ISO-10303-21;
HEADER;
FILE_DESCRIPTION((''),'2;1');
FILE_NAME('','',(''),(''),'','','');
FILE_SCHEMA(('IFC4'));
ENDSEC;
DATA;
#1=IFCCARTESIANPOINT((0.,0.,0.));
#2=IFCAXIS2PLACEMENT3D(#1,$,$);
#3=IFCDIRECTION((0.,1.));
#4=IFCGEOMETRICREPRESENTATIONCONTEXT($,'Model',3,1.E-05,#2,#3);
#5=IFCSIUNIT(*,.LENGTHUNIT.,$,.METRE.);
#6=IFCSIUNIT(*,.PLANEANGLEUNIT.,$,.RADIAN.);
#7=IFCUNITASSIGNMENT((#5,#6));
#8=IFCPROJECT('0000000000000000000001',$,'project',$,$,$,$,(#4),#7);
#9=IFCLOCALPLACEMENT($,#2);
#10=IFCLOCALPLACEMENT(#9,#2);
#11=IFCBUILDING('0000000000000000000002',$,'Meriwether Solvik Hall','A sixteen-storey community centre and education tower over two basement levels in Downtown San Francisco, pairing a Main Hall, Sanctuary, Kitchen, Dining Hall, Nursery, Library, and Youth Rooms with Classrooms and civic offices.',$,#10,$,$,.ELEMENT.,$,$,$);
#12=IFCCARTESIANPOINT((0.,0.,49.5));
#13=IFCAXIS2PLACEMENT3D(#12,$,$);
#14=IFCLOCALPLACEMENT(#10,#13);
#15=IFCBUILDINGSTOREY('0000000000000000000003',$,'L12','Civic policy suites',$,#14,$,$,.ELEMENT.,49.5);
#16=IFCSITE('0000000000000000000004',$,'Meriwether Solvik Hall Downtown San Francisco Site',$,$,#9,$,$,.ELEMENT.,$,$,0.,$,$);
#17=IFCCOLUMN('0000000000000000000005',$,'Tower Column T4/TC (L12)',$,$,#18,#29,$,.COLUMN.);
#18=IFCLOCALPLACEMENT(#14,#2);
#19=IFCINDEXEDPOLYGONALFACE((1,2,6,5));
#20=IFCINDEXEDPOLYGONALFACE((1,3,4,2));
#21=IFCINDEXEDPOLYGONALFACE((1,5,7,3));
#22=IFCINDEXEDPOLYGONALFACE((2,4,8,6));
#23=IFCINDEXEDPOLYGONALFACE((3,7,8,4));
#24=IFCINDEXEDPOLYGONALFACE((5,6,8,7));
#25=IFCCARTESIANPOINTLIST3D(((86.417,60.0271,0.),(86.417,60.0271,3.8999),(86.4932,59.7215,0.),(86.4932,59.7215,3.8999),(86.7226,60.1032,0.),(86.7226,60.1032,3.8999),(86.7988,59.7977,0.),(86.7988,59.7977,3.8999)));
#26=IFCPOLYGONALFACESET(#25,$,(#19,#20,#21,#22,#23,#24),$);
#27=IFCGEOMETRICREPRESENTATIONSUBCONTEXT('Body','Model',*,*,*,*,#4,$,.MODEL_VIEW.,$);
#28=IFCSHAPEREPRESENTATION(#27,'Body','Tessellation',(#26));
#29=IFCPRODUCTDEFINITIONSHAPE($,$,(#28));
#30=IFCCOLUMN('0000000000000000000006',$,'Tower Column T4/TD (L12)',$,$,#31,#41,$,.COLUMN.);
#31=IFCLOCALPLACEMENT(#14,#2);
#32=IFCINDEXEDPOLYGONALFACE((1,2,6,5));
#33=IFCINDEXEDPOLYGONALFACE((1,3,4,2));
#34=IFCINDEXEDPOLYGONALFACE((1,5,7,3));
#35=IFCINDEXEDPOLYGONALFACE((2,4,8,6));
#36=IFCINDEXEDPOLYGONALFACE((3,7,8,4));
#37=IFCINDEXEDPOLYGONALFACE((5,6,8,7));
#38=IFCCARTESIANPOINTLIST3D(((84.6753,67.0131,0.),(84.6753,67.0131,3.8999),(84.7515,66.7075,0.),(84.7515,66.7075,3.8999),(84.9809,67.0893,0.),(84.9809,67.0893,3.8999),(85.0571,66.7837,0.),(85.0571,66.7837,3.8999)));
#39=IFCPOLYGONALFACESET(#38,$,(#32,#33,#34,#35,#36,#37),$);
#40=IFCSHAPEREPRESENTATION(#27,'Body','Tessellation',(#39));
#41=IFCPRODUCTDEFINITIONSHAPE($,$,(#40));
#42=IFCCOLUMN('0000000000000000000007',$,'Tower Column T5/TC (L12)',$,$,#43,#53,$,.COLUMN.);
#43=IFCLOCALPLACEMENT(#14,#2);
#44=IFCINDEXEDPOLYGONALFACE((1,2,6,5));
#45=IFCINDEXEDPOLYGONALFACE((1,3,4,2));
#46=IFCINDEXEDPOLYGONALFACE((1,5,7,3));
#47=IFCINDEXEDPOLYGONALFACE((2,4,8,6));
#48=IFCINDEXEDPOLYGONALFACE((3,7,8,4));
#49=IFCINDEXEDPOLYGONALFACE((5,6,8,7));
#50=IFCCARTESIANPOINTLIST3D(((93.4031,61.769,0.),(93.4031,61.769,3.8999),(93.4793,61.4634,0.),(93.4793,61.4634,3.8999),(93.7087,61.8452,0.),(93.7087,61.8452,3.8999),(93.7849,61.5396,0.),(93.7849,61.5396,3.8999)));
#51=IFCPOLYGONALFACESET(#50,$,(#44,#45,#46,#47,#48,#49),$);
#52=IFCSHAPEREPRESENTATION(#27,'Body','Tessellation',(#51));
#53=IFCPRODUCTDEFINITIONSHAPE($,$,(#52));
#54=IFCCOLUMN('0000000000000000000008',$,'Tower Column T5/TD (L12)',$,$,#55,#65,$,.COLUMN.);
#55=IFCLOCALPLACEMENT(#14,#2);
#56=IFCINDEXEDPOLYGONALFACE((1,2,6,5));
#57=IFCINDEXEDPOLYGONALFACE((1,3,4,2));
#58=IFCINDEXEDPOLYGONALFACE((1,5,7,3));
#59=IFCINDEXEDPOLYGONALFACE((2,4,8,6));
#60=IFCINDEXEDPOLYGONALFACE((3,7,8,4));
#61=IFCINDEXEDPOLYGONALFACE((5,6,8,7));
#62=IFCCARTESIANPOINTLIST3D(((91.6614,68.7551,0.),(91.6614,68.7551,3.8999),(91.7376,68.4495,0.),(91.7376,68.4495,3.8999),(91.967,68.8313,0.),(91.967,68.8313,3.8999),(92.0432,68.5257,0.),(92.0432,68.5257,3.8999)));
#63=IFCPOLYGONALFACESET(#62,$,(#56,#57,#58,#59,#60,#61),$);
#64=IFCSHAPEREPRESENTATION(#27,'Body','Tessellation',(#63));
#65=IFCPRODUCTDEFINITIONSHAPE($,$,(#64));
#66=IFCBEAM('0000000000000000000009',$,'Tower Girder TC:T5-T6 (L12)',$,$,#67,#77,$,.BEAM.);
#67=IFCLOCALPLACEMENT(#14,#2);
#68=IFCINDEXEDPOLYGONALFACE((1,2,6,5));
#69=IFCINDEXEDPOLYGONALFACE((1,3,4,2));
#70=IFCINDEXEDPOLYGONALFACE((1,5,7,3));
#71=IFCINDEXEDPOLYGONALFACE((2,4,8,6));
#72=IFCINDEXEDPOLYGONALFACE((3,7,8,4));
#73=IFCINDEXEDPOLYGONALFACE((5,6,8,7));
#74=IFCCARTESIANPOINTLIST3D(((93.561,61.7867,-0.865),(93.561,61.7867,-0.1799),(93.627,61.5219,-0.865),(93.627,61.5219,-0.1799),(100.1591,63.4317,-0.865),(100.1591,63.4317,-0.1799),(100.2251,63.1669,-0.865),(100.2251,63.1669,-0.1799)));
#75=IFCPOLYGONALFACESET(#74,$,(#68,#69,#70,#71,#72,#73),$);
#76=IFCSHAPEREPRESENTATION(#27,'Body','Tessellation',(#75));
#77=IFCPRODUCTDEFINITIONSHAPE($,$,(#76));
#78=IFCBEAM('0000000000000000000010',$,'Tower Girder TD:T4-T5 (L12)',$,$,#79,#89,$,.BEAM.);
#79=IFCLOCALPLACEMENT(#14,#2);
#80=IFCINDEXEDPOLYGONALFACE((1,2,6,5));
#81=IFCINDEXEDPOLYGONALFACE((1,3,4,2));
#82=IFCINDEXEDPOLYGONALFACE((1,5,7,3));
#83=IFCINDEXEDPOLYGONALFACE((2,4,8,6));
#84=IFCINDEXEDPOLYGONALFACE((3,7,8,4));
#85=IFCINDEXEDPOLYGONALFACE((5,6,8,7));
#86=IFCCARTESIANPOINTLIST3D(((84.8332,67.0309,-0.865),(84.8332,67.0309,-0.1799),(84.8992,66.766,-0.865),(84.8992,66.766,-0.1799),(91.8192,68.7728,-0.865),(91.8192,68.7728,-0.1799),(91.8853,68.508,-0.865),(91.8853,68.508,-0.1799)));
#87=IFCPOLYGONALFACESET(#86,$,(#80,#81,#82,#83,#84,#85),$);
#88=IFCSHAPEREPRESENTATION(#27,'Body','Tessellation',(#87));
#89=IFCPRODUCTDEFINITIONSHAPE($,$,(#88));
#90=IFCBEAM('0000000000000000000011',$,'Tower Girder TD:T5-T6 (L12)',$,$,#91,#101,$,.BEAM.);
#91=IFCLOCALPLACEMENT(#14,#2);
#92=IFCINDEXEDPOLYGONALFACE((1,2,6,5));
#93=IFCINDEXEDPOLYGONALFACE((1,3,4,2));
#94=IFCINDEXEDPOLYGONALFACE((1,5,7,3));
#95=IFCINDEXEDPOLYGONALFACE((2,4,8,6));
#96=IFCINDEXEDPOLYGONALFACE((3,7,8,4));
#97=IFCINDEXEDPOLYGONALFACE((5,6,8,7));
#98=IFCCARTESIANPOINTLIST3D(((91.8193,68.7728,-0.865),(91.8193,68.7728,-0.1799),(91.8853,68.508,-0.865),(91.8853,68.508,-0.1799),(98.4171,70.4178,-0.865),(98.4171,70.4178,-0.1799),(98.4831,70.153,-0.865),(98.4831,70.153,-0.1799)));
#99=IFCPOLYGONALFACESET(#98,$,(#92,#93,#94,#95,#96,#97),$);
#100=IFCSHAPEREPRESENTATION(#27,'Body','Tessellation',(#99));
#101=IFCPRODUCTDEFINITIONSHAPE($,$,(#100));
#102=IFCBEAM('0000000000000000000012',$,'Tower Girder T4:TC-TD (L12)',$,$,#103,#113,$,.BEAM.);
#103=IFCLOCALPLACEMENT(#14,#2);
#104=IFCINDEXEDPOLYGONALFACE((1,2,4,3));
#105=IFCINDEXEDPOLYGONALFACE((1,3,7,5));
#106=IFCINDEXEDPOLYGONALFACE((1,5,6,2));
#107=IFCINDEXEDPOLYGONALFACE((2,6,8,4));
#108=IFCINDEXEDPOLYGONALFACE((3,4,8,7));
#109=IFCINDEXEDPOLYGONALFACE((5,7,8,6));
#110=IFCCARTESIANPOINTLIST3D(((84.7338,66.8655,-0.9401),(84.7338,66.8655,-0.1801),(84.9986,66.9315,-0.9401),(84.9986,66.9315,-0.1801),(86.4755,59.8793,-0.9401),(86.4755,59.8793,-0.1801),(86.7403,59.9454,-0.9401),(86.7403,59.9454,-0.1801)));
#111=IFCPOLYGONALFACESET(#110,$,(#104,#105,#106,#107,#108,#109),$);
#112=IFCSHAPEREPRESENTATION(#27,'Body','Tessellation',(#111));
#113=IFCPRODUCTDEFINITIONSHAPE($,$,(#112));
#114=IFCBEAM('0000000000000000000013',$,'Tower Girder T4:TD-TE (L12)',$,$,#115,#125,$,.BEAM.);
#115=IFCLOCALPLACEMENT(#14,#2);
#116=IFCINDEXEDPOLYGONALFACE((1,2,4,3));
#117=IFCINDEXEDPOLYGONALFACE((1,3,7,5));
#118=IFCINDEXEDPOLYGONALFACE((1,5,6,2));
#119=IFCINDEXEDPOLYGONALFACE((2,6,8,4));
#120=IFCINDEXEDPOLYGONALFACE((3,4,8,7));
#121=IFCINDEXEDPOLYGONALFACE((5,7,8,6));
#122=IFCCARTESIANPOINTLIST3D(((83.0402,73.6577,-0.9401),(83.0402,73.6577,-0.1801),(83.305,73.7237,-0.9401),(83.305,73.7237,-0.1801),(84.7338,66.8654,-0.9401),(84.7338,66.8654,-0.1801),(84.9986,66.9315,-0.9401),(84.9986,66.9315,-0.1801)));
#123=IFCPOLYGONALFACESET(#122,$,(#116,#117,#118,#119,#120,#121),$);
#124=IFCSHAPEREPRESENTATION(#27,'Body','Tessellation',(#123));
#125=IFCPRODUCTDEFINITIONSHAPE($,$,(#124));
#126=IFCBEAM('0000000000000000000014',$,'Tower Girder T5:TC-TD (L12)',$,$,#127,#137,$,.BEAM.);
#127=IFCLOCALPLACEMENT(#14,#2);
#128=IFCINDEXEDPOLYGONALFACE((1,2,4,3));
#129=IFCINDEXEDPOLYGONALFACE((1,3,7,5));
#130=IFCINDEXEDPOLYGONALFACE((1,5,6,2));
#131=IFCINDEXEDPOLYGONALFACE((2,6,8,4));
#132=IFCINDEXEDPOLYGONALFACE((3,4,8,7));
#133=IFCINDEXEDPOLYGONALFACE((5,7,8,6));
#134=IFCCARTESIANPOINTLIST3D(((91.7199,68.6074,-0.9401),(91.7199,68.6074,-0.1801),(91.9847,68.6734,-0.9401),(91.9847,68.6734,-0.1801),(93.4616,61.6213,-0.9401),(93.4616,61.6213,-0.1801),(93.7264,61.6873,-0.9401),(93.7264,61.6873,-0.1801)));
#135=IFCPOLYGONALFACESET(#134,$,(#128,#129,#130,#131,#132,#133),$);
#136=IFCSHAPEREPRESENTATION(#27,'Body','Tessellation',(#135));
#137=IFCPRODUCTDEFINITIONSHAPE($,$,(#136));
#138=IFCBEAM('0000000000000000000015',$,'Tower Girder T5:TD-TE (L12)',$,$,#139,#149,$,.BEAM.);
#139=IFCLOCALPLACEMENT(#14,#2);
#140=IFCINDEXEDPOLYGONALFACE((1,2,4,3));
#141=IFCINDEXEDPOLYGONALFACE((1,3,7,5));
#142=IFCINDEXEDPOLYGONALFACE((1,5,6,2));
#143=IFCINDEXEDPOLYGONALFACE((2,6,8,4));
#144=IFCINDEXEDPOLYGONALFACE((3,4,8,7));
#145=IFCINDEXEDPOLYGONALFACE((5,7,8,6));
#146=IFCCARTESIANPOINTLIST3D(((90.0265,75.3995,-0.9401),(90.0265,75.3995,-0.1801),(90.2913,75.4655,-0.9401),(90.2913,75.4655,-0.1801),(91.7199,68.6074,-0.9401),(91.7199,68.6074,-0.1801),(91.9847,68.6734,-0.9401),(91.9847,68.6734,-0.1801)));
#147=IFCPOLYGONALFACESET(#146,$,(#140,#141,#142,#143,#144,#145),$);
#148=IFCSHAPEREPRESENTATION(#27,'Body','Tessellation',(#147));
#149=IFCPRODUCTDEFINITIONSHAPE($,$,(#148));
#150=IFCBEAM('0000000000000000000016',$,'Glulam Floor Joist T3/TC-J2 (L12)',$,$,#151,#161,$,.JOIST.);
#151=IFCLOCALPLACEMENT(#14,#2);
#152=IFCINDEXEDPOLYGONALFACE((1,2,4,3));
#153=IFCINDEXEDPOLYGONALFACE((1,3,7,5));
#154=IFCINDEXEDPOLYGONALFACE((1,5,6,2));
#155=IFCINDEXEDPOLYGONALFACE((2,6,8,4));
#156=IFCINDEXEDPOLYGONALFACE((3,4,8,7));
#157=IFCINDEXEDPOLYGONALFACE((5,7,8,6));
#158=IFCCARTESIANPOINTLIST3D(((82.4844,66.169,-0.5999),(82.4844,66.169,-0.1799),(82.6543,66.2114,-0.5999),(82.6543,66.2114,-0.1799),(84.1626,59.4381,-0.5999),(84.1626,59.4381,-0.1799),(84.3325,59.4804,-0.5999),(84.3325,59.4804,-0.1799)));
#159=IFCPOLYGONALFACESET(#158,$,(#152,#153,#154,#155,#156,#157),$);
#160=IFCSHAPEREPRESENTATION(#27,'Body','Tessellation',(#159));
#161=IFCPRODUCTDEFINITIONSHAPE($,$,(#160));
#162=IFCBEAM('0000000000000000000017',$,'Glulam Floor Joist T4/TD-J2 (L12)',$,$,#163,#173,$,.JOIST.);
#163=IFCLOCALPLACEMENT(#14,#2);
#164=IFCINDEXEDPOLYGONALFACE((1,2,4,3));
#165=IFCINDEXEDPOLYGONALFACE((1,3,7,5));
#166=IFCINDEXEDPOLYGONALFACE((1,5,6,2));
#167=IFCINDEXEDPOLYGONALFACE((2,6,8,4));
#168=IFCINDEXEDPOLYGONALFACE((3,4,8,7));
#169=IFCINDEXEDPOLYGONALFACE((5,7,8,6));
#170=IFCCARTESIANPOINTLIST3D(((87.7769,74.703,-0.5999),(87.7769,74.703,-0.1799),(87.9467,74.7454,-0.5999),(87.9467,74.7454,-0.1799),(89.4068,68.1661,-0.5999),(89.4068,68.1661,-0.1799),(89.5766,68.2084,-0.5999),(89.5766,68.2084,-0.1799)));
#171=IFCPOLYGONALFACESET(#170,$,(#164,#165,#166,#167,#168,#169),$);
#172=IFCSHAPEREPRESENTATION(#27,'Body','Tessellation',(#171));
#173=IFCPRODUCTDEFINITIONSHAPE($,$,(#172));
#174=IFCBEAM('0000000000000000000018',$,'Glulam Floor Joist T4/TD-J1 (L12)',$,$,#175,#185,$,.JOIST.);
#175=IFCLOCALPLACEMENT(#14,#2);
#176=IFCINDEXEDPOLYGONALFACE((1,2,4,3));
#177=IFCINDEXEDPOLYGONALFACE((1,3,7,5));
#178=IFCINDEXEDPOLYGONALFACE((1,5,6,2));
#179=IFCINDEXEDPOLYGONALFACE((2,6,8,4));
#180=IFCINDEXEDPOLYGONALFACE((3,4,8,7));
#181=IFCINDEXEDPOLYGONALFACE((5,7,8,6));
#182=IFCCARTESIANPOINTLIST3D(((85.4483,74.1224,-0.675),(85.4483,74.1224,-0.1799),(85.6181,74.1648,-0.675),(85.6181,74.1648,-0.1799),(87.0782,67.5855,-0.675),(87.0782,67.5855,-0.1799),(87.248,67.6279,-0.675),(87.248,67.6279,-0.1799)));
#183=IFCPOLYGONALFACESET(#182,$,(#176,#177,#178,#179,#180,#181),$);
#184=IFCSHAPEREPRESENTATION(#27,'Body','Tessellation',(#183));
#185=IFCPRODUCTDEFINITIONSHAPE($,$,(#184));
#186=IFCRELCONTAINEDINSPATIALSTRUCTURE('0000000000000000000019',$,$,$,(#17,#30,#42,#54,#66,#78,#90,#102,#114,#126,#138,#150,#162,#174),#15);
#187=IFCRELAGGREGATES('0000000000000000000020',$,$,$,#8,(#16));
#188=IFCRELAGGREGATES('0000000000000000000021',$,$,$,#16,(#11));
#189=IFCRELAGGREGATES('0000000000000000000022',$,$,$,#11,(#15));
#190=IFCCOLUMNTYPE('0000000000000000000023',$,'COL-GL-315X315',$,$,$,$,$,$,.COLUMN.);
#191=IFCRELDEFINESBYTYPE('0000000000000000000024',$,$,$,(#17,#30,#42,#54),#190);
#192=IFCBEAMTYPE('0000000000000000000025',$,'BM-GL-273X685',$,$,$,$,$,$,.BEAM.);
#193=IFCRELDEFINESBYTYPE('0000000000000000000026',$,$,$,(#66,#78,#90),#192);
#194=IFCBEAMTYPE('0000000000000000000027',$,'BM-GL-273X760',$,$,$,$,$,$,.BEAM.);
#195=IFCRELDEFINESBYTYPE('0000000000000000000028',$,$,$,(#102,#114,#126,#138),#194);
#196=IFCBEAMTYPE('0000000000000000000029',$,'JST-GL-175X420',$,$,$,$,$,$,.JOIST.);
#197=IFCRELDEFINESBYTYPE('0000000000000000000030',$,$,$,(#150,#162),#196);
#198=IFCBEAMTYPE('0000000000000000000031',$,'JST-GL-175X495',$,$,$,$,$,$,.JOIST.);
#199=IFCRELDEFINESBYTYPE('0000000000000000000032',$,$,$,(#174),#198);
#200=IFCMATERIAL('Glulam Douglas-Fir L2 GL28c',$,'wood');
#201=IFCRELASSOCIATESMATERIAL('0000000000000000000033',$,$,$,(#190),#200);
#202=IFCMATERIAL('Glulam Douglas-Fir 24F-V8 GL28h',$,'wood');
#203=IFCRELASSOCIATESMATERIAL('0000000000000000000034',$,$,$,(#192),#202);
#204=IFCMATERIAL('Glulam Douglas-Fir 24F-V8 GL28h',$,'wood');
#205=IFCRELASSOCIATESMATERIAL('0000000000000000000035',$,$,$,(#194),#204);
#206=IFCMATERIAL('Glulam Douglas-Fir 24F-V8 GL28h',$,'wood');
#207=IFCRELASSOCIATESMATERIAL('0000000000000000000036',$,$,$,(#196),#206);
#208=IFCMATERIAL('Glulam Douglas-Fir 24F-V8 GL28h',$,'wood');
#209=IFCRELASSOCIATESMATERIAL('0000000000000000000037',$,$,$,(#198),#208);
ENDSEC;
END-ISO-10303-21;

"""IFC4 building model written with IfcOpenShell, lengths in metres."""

from ifc_helpers import new_model, si_unit, direction, frame, origin, origin_2d, place, context, subcontext, project, spatial, rectangle, extrude, material, material_profile, profile_set, type_object, element, save


model = new_model("IFC4")

# Units and contexts
model_context = context("Model", 3, precision=1e-05, world=origin(), true_north=direction((0.0, 1.0)))
body_context = subcontext(model_context, "Body", "Model", "MODEL_VIEW")
ifc_project = project(units=[si_unit("LENGTHUNIT", "METRE"), si_unit("PLANEANGLEUNIT", "RADIAN")], contexts=[model_context])

# Site, building, storey
site_placement = place(None, origin())
site = spatial("IfcSite", under=ifc_project, at=site_placement, Name="Meriwether Solvik Hall Downtown San Francisco Site", CompositionType="ELEMENT", RefElevation=0.0)
building_placement = place(site_placement, origin())
building = spatial("IfcBuilding", under=site, at=building_placement, Name="Meriwether Solvik Hall", Description="A sixteen-storey community centre and education tower over two basement levels in Downtown San Francisco, pairing a Main Hall, Sanctuary, Kitchen, Dining Hall, Nursery, Library, and Youth Rooms with Classrooms and civic offices.", CompositionType="ELEMENT")
storey_placement = place(building_placement, frame((0.0, 0.0, 49.5)))
storey = spatial("IfcBuildingStorey", under=building, at=storey_placement, Name="L12", Description="Civic policy suites", CompositionType="ELEMENT", Elevation=49.5)

# Columns
ifc_material_1 = material(Name="Glulam Douglas-Fir L2 GL28c", Category="wood")
ifc_material_profile_1 = material_profile(ifc_material_1, rectangle(XDim=0.3149, YDim=0.3149, at=origin_2d()), Name="GLC-315X315")
ifc_profile_set_1 = profile_set([ifc_material_profile_1], Name="Glulam Douglas-Fir L2 GL28c")
column_type = type_object("IfcColumnType", Name="COL-GL-315X315", PredefinedType="COLUMN", material=ifc_profile_set_1)
for number, where, z_axis, x_axis, name in (
    (1, (86.6079, 59.9124, 0.0), (0.0, 0.0, 1.0), (0.970296, 0.241922, 0.0), "Tower Column T4/TC (L12)"),
    (2, (84.8662, 66.8984, 0.0), (0.0, 0.0, 1.0), (0.970296, 0.241922, 0.0), "Tower Column T4/TD (L12)"),
    (3, (93.594, 61.6543, 0.0), (0.0, 0.0, 1.0), (0.970296, 0.241922, 0.0), "Tower Column T5/TC (L12)"),
    (4, (91.8523, 68.6404, 0.0), (0.0, 0.0, 1.0), (0.970296, 0.241922, 0.0), "Tower Column T5/TD (L12)"),
):
    element("IfcColumn", number, at=place(storey_placement, frame(where, z_axis=z_axis, x_axis=x_axis)), inside=storey, type_object=column_type, Name=name, PredefinedType="COLUMN", context=body_context, shape_type="SweptSolid", body=[
        extrude(rectangle(XDim=0.3149, YDim=0.3149, at=origin_2d()), origin(), (0.0, 0.0, 1.0), 3.8999),
    ])

# Beams
ifc_material_2 = material(Name="Glulam Douglas-Fir 24F-V8 GL28h", Category="wood")
ifc_material_profile_2 = material_profile(ifc_material_2, rectangle(XDim=0.2729, YDim=0.6851, at=origin_2d()), Name="GLB-273X685")
ifc_profile_set_2 = profile_set([ifc_material_profile_2], Name="Glulam Douglas-Fir 24F-V8 GL28h")
beam_type_1 = type_object("IfcBeamType", Name="BM-GL-273X685", PredefinedType="BEAM", material=ifc_profile_set_2)
beam_1_placement = place(storey_placement, frame((93.594, 61.6543, -0.5225), z_axis=(0.970299, 0.24191, 0.0), x_axis=(-0.24191, 0.970299, 0.0)))
element("IfcBeam", 5, at=beam_1_placement, inside=storey, type_object=beam_type_1, Name="Tower Girder TC:T5-T6 (L12)", PredefinedType="BEAM", context=body_context, shape_type="SweptSolid", body=[
    extrude(rectangle(XDim=0.2729, YDim=0.6851, at=origin_2d()), origin(), (0.0, 0.0, 1.0), 6.8),
])
beam_2_placement = place(storey_placement, frame((84.8662, 66.8984, -0.5225), z_axis=(0.970292, 0.241937, 0.0), x_axis=(-0.241937, 0.970292, 0.0)))
element("IfcBeam", 6, at=beam_2_placement, inside=storey, type_object=beam_type_1, Name="Tower Girder TD:T4-T5 (L12)", PredefinedType="BEAM", context=body_context, shape_type="SweptSolid", body=[
    extrude(rectangle(XDim=0.2729, YDim=0.6851, at=origin_2d()), origin(), (0.0, 0.0, 1.0), 7.2),
])
beam_3_placement = place(storey_placement, frame((91.8523, 68.6404, -0.5225), z_axis=(0.970296, 0.241919, 0.0), x_axis=(-0.241919, 0.970296, 0.0)))
element("IfcBeam", 7, at=beam_3_placement, inside=storey, type_object=beam_type_1, Name="Tower Girder TD:T5-T6 (L12)", PredefinedType="BEAM", context=body_context, shape_type="SweptSolid", body=[
    extrude(rectangle(XDim=0.2729, YDim=0.6851, at=origin_2d()), origin(), (0.0, 0.0, 1.0), 6.7998),
])
ifc_material_3 = material(Name="Glulam Douglas-Fir 24F-V8 GL28h", Category="wood")
ifc_material_profile_3 = material_profile(ifc_material_3, rectangle(XDim=0.2729, YDim=0.76, at=origin_2d()), Name="GLB-273X760")
ifc_profile_set_3 = profile_set([ifc_material_profile_3], Name="Glulam Douglas-Fir 24F-V8 GL28h")
beam_type_2 = type_object("IfcBeamType", Name="BM-GL-273X760", PredefinedType="BEAM", material=ifc_profile_set_3)
beam_4_placement = place(storey_placement, frame((86.6079, 59.9124, -0.5601), z_axis=(-0.241905, 0.9703, 0.0), x_axis=(-0.9703, -0.241905, 0.0)))
element("IfcBeam", 8, at=beam_4_placement, inside=storey, type_object=beam_type_2, Name="Tower Girder T4:TC-TD (L12)", PredefinedType="BEAM", context=body_context, shape_type="SweptSolid", body=[
    extrude(rectangle(XDim=0.2729, YDim=0.76, at=origin_2d()), origin(), (0.0, 0.0, 1.0), 7.2),
])
beam_5_placement = place(storey_placement, frame((84.8662, 66.8984, -0.5601), z_axis=(-0.241937, 0.970292, 0.0), x_axis=(-0.970292, -0.241937, 0.0)))
element("IfcBeam", 9, at=beam_5_placement, inside=storey, type_object=beam_type_2, Name="Tower Girder T4:TD-TE (L12)", PredefinedType="BEAM", context=body_context, shape_type="SweptSolid", body=[
    extrude(rectangle(XDim=0.2729, YDim=0.76, at=origin_2d()), origin(), (0.0, 0.0, 1.0), 7.0002),
])
beam_6_placement = place(storey_placement, frame((93.594, 61.6543, -0.5601), z_axis=(-0.241905, 0.9703, 0.0), x_axis=(-0.9703, -0.241905, 0.0)))
element("IfcBeam", 10, at=beam_6_placement, inside=storey, type_object=beam_type_2, Name="Tower Girder T5:TC-TD (L12)", PredefinedType="BEAM", context=body_context, shape_type="SweptSolid", body=[
    extrude(rectangle(XDim=0.2729, YDim=0.76, at=origin_2d()), origin(), (0.0, 0.0, 1.0), 7.2),
])
beam_7_placement = place(storey_placement, frame((91.8523, 68.6404, -0.5601), z_axis=(-0.241912, 0.970298, 0.0), x_axis=(-0.970298, -0.241912, 0.0)))
element("IfcBeam", 11, at=beam_7_placement, inside=storey, type_object=beam_type_2, Name="Tower Girder T5:TD-TE (L12)", PredefinedType="BEAM", context=body_context, shape_type="SweptSolid", body=[
    extrude(rectangle(XDim=0.2729, YDim=0.76, at=origin_2d()), origin(), (0.0, 0.0, 1.0), 7.0),
])
ifc_material_4 = material(Name="Glulam Douglas-Fir 24F-V8 GL28h", Category="wood")
ifc_material_profile_4 = material_profile(ifc_material_4, rectangle(XDim=0.175, YDim=0.4199, at=origin_2d()), Name="GLJ-175X420")
ifc_profile_set_4 = profile_set([ifc_material_profile_4], Name="Glulam Douglas-Fir 24F-V8 GL28h")
beam_type_3 = type_object("IfcBeamType", Name="JST-GL-175X420", PredefinedType="JOIST", material=ifc_profile_set_4)
beam_8_placement = place(storey_placement, frame((84.2476, 59.4592, -0.3899), z_axis=(-0.241923, 0.970296, 0.0), x_axis=(-0.970296, -0.241923, 0.0)))
element("IfcBeam", 12, at=beam_8_placement, inside=storey, type_object=beam_type_3, Name="Glulam Floor Joist T3/TC-J2 (L12)", PredefinedType="JOIST", context=body_context, shape_type="SweptSolid", body=[
    extrude(rectangle(XDim=0.175, YDim=0.4199, at=origin_2d()), origin(), (0.0, 0.0, 1.0), 6.937),
])
beam_9_placement = place(storey_placement, frame((89.4917, 68.1873, -0.3899), z_axis=(-0.24193, 0.970294, 0.0), x_axis=(-0.970294, -0.24193, 0.0)))
element("IfcBeam", 13, at=beam_9_placement, inside=storey, type_object=beam_type_3, Name="Glulam Floor Joist T4/TD-J2 (L12)", PredefinedType="JOIST", context=body_context, shape_type="SweptSolid", body=[
    extrude(rectangle(XDim=0.175, YDim=0.4199, at=origin_2d()), origin(), (0.0, 0.0, 1.0), 6.7371),
])
ifc_material_5 = material(Name="Glulam Douglas-Fir 24F-V8 GL28h", Category="wood")
ifc_material_profile_5 = material_profile(ifc_material_5, rectangle(XDim=0.175, YDim=0.4951, at=origin_2d()), Name="GLJ-175X495")
ifc_profile_set_5 = profile_set([ifc_material_profile_5], Name="Glulam Douglas-Fir 24F-V8 GL28h")
beam_type_4 = type_object("IfcBeamType", Name="JST-GL-175X495", PredefinedType="JOIST", material=ifc_profile_set_5)
beam_10_placement = place(storey_placement, frame((87.1631, 67.6067, -0.4275), z_axis=(-0.24193, 0.970294, 0.0), x_axis=(-0.970294, -0.24193, 0.0)))
element("IfcBeam", 14, at=beam_10_placement, inside=storey, type_object=beam_type_4, Name="Glulam Floor Joist T4/TD-J1 (L12)", PredefinedType="JOIST", context=body_context, shape_type="SweptSolid", body=[
    extrude(rectangle(XDim=0.175, YDim=0.4951, at=origin_2d()), origin(), (0.0, 0.0, 1.0), 6.7371),
])

save(model, "model.ifc")
